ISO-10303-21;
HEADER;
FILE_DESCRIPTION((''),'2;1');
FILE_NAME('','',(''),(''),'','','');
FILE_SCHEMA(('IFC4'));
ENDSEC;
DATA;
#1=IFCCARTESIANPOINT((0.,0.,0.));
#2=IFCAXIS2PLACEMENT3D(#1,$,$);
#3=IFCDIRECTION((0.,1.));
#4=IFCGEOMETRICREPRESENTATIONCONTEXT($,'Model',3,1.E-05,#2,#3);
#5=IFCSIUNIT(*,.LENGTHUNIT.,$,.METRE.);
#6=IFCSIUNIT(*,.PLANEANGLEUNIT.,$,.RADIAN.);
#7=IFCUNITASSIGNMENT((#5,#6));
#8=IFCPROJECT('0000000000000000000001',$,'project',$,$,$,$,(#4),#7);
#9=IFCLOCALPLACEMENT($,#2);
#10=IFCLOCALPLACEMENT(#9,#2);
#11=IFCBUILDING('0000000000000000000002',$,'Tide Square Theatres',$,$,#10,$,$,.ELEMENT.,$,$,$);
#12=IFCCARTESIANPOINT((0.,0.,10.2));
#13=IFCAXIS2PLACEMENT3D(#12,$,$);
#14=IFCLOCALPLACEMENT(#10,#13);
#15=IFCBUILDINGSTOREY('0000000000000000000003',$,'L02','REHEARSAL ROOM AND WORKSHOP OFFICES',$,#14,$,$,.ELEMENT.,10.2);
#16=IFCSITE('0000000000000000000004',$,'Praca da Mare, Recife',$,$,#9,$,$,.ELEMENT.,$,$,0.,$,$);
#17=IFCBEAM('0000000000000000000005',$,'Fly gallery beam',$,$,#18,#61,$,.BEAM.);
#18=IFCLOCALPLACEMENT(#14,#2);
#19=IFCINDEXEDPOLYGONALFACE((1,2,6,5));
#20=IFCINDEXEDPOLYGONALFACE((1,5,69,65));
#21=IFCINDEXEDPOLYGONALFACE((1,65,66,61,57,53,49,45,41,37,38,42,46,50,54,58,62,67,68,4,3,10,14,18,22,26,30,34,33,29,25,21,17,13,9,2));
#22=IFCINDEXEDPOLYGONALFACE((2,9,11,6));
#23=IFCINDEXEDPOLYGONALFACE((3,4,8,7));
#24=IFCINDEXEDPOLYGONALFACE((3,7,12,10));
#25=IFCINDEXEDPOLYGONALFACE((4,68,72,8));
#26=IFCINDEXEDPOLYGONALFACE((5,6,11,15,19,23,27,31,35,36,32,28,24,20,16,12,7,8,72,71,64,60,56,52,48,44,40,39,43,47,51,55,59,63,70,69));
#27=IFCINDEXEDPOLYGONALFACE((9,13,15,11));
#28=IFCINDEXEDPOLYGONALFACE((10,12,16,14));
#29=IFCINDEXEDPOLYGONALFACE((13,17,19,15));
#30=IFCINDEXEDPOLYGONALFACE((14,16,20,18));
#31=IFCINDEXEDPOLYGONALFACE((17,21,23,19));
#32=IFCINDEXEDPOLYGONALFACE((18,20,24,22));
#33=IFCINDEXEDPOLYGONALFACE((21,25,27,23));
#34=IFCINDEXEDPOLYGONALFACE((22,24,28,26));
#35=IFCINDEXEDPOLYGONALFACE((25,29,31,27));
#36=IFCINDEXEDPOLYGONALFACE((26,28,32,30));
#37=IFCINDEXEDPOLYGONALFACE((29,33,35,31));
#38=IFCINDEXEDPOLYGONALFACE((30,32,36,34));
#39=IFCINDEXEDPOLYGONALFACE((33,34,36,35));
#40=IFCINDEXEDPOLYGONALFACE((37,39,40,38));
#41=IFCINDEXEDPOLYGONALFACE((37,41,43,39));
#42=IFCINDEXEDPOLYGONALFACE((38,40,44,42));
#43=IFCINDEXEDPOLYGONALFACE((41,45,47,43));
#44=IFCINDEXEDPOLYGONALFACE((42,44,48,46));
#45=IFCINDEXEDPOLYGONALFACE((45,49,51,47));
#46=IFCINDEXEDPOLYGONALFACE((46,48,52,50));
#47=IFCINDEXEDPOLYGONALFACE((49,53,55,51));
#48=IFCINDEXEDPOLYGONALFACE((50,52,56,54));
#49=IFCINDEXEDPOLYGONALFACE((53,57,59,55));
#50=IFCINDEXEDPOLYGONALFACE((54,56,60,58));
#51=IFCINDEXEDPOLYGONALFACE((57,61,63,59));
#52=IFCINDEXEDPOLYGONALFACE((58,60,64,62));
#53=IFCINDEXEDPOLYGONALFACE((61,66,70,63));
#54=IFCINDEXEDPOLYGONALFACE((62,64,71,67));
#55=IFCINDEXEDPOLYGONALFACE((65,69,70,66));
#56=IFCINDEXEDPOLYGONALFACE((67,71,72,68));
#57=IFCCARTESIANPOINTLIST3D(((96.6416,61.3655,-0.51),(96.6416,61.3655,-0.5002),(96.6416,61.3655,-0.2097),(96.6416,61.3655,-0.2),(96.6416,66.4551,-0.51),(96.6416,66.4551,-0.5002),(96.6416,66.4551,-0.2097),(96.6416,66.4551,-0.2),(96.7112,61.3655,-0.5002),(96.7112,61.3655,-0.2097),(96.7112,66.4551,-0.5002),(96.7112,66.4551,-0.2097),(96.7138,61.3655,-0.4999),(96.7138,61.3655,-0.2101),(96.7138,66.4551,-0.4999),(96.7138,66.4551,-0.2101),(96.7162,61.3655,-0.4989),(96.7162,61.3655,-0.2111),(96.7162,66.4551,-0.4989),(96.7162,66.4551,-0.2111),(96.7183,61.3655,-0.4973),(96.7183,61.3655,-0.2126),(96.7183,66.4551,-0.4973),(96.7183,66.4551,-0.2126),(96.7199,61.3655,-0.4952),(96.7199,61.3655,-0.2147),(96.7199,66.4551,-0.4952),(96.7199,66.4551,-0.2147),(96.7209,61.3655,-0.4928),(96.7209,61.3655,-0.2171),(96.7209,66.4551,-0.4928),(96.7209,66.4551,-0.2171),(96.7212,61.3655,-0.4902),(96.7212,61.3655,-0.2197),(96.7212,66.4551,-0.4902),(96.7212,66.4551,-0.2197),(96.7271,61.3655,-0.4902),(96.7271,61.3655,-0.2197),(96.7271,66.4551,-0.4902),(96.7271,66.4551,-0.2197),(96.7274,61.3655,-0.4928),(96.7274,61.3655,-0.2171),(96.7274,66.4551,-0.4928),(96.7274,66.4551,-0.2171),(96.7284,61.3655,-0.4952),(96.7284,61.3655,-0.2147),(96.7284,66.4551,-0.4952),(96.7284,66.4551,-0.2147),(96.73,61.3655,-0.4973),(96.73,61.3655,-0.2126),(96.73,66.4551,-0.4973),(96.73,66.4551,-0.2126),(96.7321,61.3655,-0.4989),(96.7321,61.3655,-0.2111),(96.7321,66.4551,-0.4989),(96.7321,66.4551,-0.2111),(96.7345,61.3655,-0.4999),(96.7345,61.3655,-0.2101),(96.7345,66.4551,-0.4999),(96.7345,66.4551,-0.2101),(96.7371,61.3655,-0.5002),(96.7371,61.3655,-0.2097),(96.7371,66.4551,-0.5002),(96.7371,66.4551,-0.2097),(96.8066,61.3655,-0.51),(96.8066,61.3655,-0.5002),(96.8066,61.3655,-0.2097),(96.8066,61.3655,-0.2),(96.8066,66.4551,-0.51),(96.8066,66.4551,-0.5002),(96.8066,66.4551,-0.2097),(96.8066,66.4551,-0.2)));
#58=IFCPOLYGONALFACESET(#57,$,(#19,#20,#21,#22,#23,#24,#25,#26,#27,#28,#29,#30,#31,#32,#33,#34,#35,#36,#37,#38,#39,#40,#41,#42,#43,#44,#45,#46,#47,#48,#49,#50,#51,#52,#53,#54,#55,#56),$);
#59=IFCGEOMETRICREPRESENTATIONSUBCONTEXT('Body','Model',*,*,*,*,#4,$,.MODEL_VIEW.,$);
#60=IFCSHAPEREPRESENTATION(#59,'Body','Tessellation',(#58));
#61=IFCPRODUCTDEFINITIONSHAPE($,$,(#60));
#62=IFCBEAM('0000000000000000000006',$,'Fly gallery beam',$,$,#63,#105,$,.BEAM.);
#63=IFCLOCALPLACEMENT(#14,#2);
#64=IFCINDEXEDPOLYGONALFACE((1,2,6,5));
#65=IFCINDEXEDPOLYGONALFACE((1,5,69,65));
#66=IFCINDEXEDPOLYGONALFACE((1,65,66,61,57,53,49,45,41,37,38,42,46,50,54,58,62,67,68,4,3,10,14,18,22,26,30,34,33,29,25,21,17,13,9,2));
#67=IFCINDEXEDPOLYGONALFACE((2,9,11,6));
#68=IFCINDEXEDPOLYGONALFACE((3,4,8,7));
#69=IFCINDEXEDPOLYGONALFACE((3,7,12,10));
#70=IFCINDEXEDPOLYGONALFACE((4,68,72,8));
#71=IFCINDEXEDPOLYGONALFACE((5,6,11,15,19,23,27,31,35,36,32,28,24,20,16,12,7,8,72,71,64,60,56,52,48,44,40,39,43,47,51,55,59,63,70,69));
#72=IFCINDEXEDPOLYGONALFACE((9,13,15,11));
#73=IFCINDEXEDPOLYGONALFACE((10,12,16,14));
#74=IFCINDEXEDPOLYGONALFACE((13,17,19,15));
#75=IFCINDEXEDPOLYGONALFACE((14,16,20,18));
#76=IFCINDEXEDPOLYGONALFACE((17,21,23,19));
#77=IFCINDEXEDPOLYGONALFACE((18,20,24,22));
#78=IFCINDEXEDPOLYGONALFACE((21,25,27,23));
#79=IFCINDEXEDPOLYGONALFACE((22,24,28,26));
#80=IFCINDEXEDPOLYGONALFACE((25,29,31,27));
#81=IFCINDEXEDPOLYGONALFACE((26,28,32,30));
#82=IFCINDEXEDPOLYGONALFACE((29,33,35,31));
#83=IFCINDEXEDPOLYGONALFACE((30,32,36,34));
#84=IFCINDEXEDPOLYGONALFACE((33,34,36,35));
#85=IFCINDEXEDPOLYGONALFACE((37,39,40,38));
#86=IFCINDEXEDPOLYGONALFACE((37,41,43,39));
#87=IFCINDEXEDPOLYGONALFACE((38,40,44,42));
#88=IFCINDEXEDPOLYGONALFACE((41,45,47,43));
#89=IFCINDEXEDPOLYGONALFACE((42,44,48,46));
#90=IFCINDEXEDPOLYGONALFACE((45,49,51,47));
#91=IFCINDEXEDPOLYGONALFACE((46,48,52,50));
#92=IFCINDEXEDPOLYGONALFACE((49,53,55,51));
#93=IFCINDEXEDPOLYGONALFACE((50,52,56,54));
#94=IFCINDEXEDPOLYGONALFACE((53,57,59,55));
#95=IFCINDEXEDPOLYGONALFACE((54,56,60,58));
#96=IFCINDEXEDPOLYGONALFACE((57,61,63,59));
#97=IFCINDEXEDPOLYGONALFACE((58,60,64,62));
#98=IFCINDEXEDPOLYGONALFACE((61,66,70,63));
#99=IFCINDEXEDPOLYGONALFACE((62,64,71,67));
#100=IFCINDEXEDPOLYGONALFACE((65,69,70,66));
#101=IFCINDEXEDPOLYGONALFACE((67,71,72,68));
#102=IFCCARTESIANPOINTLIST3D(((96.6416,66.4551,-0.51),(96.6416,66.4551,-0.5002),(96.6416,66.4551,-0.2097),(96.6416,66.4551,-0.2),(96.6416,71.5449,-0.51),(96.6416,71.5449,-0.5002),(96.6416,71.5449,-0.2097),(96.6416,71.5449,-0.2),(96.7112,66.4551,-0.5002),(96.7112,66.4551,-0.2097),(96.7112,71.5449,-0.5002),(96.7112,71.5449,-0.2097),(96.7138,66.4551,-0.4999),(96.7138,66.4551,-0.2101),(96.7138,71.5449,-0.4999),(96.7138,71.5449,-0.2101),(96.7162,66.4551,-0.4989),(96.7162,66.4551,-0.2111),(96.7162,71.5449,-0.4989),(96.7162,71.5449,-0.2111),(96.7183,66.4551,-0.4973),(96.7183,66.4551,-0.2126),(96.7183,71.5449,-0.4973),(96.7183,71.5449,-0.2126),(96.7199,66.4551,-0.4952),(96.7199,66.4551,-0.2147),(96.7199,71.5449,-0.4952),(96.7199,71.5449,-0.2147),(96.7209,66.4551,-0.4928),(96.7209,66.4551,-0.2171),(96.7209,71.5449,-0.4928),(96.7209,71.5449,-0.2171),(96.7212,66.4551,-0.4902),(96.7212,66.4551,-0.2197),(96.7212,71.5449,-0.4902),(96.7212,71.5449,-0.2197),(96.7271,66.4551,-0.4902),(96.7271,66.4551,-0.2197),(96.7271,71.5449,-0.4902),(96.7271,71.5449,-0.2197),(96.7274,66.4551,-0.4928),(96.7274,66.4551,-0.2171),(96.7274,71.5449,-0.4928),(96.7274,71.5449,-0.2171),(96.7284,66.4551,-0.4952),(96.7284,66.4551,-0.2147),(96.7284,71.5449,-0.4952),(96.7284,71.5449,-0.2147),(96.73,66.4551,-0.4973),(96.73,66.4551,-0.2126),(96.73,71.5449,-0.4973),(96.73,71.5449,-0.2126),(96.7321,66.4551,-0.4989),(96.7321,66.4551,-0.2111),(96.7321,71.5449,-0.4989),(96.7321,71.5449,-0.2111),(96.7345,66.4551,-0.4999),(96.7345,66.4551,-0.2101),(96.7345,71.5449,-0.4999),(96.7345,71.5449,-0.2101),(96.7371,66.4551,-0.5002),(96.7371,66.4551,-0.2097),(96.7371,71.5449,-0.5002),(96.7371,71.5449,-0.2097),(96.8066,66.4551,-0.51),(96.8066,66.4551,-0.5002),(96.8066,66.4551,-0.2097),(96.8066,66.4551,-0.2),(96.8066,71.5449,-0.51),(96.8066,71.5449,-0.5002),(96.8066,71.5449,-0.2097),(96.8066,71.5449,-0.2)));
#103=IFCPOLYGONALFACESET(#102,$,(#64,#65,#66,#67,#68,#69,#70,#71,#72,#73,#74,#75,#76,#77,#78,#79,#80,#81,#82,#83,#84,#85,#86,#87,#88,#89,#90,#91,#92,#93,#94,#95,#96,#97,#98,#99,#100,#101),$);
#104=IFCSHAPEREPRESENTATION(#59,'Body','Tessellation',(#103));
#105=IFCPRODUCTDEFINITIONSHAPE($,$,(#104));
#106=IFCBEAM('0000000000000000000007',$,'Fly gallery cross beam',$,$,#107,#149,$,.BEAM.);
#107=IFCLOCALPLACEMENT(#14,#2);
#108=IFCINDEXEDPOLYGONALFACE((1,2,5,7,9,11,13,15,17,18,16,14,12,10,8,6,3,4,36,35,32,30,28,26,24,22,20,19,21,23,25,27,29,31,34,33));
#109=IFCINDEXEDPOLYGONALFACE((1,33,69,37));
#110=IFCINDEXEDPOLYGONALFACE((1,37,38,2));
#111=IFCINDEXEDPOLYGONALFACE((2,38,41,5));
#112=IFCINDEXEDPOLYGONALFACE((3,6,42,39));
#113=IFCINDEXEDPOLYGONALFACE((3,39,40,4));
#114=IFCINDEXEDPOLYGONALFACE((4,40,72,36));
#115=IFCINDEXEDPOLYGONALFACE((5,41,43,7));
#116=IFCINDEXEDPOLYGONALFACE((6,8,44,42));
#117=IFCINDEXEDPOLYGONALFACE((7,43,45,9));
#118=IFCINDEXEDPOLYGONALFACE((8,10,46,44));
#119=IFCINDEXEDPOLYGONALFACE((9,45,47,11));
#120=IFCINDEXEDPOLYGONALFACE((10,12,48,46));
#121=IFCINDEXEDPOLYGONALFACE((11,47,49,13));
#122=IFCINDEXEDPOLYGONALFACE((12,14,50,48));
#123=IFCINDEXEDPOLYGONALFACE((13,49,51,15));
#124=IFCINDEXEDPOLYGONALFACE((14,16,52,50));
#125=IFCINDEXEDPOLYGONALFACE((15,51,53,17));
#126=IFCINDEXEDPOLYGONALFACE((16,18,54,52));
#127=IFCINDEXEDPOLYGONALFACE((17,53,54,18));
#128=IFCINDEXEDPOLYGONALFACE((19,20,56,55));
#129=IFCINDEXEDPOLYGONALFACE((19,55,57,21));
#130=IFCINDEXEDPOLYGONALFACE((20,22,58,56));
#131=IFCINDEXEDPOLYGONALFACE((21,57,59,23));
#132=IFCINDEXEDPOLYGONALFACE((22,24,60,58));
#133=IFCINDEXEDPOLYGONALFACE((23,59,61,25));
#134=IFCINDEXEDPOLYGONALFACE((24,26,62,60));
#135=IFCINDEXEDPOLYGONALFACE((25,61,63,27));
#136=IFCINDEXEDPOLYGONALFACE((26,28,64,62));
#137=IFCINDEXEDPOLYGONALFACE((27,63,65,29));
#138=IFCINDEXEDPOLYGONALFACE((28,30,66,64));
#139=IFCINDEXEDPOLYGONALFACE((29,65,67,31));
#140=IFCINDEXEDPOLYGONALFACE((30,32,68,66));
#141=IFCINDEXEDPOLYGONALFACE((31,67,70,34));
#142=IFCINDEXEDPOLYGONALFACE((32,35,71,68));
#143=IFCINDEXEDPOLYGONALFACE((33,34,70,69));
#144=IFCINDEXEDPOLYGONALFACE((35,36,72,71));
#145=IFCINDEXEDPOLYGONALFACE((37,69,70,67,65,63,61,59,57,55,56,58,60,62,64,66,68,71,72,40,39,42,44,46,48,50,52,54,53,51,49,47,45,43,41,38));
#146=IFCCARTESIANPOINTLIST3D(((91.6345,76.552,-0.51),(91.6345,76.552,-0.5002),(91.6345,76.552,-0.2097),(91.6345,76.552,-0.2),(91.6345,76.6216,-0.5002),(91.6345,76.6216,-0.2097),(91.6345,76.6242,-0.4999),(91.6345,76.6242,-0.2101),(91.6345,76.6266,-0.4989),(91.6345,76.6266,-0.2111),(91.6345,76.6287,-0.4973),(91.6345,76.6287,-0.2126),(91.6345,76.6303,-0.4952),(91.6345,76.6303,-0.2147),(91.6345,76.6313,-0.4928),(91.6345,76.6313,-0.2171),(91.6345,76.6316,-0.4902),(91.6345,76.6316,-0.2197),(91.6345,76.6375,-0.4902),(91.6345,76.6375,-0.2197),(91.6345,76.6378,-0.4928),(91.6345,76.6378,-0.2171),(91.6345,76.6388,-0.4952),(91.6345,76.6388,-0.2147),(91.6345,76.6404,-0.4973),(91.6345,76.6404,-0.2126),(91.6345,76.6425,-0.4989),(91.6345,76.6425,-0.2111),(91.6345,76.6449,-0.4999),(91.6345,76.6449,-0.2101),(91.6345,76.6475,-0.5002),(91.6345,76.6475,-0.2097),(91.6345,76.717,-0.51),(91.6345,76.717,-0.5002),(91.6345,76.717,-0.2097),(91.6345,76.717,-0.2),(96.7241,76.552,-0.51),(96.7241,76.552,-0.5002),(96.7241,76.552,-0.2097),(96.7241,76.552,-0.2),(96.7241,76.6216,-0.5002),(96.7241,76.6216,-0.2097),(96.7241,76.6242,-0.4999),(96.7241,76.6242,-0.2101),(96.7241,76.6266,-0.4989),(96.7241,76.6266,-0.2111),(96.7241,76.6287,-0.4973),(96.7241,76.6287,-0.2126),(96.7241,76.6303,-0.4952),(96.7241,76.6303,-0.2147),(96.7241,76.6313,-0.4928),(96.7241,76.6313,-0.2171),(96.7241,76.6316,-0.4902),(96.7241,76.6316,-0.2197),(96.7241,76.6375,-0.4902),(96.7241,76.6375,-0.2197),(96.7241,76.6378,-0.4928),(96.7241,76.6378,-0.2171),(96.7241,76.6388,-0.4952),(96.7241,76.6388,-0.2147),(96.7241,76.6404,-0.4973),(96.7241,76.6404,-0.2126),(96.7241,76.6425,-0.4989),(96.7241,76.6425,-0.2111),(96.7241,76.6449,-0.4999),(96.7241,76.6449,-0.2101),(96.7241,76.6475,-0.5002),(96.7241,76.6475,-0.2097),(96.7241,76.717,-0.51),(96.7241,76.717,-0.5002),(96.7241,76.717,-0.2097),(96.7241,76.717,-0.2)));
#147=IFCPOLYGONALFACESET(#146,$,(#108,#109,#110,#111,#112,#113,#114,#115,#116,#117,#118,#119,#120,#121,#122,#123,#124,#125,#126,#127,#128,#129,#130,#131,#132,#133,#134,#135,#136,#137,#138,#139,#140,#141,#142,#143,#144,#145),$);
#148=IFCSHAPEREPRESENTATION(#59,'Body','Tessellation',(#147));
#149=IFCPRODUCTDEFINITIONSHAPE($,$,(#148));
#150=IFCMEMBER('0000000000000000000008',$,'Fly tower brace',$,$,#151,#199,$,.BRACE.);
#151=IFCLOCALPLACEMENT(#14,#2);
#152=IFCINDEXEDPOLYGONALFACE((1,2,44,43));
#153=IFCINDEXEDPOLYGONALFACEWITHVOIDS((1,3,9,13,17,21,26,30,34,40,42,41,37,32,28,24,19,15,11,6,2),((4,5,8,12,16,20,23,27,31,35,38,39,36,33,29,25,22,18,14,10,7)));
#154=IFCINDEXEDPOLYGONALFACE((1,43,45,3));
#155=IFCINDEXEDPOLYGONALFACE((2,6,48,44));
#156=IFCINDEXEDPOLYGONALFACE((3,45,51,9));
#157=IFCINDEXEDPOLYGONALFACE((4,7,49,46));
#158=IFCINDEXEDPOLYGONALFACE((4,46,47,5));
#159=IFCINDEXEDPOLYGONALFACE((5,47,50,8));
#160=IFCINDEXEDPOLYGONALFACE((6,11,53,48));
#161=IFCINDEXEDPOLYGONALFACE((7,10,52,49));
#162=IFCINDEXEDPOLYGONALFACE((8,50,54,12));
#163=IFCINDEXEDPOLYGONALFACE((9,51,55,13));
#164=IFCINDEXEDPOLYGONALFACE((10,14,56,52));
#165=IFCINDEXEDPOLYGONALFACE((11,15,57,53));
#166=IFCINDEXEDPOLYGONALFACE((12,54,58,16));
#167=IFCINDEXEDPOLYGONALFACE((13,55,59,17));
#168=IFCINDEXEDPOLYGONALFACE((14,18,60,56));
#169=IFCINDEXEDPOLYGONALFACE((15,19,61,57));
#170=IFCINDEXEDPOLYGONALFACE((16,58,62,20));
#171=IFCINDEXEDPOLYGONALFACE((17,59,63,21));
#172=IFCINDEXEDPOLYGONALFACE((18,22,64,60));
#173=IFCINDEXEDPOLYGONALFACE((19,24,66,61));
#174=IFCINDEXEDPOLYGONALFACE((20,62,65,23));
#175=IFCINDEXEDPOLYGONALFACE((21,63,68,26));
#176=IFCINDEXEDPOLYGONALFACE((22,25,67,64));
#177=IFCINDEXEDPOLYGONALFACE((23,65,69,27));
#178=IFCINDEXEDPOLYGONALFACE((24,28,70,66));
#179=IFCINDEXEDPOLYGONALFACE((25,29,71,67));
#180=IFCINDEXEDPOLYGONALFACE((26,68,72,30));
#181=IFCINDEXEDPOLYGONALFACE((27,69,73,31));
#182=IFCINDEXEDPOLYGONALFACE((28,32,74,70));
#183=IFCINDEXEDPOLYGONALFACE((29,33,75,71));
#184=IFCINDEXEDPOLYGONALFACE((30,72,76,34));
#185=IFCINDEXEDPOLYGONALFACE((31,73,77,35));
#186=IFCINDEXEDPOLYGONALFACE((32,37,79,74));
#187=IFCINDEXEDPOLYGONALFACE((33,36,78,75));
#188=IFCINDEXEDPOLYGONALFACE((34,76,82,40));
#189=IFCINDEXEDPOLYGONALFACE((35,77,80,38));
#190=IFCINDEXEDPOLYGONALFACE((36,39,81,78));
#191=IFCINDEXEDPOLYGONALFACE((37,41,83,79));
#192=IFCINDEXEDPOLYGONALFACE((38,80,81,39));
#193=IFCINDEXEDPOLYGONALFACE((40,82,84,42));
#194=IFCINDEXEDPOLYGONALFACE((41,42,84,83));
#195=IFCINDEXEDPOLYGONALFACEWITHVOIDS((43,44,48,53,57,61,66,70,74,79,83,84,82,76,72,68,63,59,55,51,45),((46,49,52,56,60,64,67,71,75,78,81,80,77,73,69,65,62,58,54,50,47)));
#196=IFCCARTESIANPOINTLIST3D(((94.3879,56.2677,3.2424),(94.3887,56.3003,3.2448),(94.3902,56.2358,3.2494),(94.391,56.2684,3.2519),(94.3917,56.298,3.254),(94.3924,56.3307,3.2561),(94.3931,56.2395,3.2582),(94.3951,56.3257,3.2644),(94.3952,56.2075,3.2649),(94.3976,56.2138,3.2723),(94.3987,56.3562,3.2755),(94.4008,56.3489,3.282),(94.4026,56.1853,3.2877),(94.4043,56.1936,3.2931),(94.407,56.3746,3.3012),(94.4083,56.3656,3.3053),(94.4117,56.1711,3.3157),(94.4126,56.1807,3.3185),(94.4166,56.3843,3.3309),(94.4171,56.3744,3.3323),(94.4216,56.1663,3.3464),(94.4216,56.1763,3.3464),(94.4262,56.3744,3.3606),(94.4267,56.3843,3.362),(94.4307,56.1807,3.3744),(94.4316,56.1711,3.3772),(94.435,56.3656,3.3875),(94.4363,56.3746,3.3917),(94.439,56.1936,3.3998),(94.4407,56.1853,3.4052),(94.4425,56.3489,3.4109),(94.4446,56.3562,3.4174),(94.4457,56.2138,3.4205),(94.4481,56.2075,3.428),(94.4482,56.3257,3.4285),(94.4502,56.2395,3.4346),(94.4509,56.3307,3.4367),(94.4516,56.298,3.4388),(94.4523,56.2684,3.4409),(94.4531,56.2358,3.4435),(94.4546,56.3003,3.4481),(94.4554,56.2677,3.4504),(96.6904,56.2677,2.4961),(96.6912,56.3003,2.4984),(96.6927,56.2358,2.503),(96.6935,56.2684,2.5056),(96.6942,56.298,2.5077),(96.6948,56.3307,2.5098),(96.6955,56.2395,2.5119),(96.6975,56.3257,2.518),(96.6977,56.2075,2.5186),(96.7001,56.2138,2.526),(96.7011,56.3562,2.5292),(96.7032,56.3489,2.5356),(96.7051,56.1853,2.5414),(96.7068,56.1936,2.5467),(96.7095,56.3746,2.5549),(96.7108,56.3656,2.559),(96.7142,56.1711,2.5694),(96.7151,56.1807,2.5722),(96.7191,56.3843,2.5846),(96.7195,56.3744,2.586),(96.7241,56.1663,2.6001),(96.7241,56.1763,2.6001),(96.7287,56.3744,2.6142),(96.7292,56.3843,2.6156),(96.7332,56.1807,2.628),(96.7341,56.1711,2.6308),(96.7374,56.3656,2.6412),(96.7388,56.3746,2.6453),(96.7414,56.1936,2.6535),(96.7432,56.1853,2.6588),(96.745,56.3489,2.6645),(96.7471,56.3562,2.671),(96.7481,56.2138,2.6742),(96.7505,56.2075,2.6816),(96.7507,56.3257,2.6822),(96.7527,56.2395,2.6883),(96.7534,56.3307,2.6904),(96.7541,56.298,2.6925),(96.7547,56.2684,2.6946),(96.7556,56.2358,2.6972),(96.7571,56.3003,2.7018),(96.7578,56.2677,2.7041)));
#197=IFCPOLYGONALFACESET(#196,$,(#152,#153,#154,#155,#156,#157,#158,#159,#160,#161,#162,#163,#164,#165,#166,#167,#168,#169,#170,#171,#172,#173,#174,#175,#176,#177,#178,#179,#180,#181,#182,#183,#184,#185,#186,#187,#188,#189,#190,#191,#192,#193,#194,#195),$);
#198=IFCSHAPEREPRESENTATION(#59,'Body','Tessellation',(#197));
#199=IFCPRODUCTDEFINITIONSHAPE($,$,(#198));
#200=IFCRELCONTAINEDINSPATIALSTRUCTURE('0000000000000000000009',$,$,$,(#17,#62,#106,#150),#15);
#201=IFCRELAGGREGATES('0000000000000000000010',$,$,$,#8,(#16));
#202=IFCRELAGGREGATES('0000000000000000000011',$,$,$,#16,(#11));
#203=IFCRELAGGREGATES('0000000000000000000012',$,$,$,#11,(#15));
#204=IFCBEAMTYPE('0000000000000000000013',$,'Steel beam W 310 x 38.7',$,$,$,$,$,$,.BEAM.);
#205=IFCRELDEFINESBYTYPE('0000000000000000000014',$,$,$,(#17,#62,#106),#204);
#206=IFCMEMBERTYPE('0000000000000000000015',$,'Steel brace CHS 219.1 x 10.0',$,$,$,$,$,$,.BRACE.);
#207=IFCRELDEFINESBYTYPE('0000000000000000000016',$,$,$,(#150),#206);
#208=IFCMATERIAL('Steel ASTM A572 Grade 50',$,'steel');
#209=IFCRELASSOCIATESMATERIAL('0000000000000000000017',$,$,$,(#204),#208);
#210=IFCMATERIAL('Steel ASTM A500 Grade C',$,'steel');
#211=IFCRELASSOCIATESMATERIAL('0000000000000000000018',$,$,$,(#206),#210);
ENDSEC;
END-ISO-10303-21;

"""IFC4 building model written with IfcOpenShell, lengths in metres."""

from ifc_helpers import new_model, si_unit, direction, frame, origin, origin_2d, place, context, subcontext, project, spatial, hollow_circle, i_section, extrude, material, material_profile, profile_set, type_object, element, save


model = new_model("IFC4")

# Units and contexts
model_context = context("Model", 3, precision=1e-05, world=origin(), true_north=direction((0.0, 1.0)))
body_context = subcontext(model_context, "Body", "Model", "MODEL_VIEW")
ifc_project = project(units=[si_unit("LENGTHUNIT", "METRE"), si_unit("PLANEANGLEUNIT", "RADIAN")], contexts=[model_context])

# Site, building, storey
site_placement = place(None, origin())
site = spatial("IfcSite", under=ifc_project, at=site_placement, Name="Praca da Mare, Recife", CompositionType="ELEMENT", RefElevation=0.0)
building_placement = place(site_placement, origin())
building = spatial("IfcBuilding", under=site, at=building_placement, Name="Tide Square Theatres", CompositionType="ELEMENT")
storey_placement = place(building_placement, frame((0.0, 0.0, 10.2)))
storey = spatial("IfcBuildingStorey", under=building, at=storey_placement, Name="L02", Description="REHEARSAL ROOM AND WORKSHOP OFFICES", CompositionType="ELEMENT", Elevation=10.2)

# Beams
ifc_material_1 = material(Name="Steel ASTM A572 Grade 50", Category="steel")
ifc_material_profile_1 = material_profile(ifc_material_1, i_section(OverallWidth=0.165, OverallDepth=0.3101, WebThickness=0.0059, FlangeThickness=0.0098, FilletRadius=0.01, at=origin_2d()))
ifc_profile_set_1 = profile_set([ifc_material_profile_1], Name="Steel ASTM A572 Grade 50")
beam_type = type_object("IfcBeamType", Name="Steel beam W 310 x 38.7", PredefinedType="BEAM", material=ifc_profile_set_1)
for number, where, z_axis, x_axis, name in (
    (1, (96.7241, 61.3655, -0.355), (0.0, 1.0, 0.0), (-1.0, 0.0, 0.0), "Fly gallery beam"),
):
    element("IfcBeam", number, at=place(storey_placement, frame(where, z_axis=z_axis, x_axis=x_axis)), inside=storey, type_object=beam_type, Name=name, PredefinedType="BEAM", context=body_context, shape_type="SweptSolid", body=[
        extrude(i_section(OverallWidth=0.165, OverallDepth=0.3101, WebThickness=0.0059, FlangeThickness=0.0098, FilletRadius=0.01, at=origin_2d()), origin(), (0.0, 0.0, 1.0), 5.0896),
    ])
beam_1_placement = place(storey_placement, frame((96.7241, 66.4551, -0.355), z_axis=(0.0, 1.0, 0.0), x_axis=(-1.0, 0.0, 0.0)))
element("IfcBeam", 2, at=beam_1_placement, inside=storey, type_object=beam_type, Name="Fly gallery beam", PredefinedType="BEAM", context=body_context, shape_type="SweptSolid", body=[
    extrude(i_section(OverallWidth=0.165, OverallDepth=0.3101, WebThickness=0.0059, FlangeThickness=0.0098, FilletRadius=0.01, at=origin_2d()), origin(), (0.0, 0.0, 1.0), 5.0898),
])
beam_2_placement = place(storey_placement, frame((91.6345, 76.6345, -0.355), z_axis=(1.0, 0.0, 0.0), x_axis=(0.0, 1.0, 0.0)))
element("IfcBeam", 3, at=beam_2_placement, inside=storey, type_object=beam_type, Name="Fly gallery cross beam", PredefinedType="BEAM", context=body_context, shape_type="SweptSolid", body=[
    extrude(i_section(OverallWidth=0.165, OverallDepth=0.3101, WebThickness=0.0059, FlangeThickness=0.0098, FilletRadius=0.01, at=origin_2d()), origin(), (0.0, 0.0, 1.0), 5.0896),
])

# Member
ifc_material_2 = material(Name="Steel ASTM A500 Grade C", Category="steel")
ifc_material_profile_2 = material_profile(ifc_material_2, hollow_circle(Radius=0.1096, WallThickness=0.01, at=origin_2d()))
ifc_profile_set_2 = profile_set([ifc_material_profile_2], Name="Steel ASTM A500 Grade C")
member_type = type_object("IfcMemberType", Name="Steel brace CHS 219.1 x 10.0", PredefinedType="BRACE", material=ifc_profile_set_2)
member_1_placement = place(storey_placement, frame((96.7241, 56.2759, 2.6001), z_axis=(-0.951273, 0.0, 0.308349), x_axis=(0.0, -1.0, 0.0)))
element("IfcMember", 4, at=member_1_placement, inside=storey, type_object=member_type, Name="Fly tower brace", PredefinedType="BRACE", context=body_context, shape_type="SweptSolid", body=[
    extrude(hollow_circle(Radius=0.1096, WallThickness=0.01, at=origin_2d()), origin(), (0.0, 0.0, 1.0), 2.4204),
])

save(model, "model.ifc")
